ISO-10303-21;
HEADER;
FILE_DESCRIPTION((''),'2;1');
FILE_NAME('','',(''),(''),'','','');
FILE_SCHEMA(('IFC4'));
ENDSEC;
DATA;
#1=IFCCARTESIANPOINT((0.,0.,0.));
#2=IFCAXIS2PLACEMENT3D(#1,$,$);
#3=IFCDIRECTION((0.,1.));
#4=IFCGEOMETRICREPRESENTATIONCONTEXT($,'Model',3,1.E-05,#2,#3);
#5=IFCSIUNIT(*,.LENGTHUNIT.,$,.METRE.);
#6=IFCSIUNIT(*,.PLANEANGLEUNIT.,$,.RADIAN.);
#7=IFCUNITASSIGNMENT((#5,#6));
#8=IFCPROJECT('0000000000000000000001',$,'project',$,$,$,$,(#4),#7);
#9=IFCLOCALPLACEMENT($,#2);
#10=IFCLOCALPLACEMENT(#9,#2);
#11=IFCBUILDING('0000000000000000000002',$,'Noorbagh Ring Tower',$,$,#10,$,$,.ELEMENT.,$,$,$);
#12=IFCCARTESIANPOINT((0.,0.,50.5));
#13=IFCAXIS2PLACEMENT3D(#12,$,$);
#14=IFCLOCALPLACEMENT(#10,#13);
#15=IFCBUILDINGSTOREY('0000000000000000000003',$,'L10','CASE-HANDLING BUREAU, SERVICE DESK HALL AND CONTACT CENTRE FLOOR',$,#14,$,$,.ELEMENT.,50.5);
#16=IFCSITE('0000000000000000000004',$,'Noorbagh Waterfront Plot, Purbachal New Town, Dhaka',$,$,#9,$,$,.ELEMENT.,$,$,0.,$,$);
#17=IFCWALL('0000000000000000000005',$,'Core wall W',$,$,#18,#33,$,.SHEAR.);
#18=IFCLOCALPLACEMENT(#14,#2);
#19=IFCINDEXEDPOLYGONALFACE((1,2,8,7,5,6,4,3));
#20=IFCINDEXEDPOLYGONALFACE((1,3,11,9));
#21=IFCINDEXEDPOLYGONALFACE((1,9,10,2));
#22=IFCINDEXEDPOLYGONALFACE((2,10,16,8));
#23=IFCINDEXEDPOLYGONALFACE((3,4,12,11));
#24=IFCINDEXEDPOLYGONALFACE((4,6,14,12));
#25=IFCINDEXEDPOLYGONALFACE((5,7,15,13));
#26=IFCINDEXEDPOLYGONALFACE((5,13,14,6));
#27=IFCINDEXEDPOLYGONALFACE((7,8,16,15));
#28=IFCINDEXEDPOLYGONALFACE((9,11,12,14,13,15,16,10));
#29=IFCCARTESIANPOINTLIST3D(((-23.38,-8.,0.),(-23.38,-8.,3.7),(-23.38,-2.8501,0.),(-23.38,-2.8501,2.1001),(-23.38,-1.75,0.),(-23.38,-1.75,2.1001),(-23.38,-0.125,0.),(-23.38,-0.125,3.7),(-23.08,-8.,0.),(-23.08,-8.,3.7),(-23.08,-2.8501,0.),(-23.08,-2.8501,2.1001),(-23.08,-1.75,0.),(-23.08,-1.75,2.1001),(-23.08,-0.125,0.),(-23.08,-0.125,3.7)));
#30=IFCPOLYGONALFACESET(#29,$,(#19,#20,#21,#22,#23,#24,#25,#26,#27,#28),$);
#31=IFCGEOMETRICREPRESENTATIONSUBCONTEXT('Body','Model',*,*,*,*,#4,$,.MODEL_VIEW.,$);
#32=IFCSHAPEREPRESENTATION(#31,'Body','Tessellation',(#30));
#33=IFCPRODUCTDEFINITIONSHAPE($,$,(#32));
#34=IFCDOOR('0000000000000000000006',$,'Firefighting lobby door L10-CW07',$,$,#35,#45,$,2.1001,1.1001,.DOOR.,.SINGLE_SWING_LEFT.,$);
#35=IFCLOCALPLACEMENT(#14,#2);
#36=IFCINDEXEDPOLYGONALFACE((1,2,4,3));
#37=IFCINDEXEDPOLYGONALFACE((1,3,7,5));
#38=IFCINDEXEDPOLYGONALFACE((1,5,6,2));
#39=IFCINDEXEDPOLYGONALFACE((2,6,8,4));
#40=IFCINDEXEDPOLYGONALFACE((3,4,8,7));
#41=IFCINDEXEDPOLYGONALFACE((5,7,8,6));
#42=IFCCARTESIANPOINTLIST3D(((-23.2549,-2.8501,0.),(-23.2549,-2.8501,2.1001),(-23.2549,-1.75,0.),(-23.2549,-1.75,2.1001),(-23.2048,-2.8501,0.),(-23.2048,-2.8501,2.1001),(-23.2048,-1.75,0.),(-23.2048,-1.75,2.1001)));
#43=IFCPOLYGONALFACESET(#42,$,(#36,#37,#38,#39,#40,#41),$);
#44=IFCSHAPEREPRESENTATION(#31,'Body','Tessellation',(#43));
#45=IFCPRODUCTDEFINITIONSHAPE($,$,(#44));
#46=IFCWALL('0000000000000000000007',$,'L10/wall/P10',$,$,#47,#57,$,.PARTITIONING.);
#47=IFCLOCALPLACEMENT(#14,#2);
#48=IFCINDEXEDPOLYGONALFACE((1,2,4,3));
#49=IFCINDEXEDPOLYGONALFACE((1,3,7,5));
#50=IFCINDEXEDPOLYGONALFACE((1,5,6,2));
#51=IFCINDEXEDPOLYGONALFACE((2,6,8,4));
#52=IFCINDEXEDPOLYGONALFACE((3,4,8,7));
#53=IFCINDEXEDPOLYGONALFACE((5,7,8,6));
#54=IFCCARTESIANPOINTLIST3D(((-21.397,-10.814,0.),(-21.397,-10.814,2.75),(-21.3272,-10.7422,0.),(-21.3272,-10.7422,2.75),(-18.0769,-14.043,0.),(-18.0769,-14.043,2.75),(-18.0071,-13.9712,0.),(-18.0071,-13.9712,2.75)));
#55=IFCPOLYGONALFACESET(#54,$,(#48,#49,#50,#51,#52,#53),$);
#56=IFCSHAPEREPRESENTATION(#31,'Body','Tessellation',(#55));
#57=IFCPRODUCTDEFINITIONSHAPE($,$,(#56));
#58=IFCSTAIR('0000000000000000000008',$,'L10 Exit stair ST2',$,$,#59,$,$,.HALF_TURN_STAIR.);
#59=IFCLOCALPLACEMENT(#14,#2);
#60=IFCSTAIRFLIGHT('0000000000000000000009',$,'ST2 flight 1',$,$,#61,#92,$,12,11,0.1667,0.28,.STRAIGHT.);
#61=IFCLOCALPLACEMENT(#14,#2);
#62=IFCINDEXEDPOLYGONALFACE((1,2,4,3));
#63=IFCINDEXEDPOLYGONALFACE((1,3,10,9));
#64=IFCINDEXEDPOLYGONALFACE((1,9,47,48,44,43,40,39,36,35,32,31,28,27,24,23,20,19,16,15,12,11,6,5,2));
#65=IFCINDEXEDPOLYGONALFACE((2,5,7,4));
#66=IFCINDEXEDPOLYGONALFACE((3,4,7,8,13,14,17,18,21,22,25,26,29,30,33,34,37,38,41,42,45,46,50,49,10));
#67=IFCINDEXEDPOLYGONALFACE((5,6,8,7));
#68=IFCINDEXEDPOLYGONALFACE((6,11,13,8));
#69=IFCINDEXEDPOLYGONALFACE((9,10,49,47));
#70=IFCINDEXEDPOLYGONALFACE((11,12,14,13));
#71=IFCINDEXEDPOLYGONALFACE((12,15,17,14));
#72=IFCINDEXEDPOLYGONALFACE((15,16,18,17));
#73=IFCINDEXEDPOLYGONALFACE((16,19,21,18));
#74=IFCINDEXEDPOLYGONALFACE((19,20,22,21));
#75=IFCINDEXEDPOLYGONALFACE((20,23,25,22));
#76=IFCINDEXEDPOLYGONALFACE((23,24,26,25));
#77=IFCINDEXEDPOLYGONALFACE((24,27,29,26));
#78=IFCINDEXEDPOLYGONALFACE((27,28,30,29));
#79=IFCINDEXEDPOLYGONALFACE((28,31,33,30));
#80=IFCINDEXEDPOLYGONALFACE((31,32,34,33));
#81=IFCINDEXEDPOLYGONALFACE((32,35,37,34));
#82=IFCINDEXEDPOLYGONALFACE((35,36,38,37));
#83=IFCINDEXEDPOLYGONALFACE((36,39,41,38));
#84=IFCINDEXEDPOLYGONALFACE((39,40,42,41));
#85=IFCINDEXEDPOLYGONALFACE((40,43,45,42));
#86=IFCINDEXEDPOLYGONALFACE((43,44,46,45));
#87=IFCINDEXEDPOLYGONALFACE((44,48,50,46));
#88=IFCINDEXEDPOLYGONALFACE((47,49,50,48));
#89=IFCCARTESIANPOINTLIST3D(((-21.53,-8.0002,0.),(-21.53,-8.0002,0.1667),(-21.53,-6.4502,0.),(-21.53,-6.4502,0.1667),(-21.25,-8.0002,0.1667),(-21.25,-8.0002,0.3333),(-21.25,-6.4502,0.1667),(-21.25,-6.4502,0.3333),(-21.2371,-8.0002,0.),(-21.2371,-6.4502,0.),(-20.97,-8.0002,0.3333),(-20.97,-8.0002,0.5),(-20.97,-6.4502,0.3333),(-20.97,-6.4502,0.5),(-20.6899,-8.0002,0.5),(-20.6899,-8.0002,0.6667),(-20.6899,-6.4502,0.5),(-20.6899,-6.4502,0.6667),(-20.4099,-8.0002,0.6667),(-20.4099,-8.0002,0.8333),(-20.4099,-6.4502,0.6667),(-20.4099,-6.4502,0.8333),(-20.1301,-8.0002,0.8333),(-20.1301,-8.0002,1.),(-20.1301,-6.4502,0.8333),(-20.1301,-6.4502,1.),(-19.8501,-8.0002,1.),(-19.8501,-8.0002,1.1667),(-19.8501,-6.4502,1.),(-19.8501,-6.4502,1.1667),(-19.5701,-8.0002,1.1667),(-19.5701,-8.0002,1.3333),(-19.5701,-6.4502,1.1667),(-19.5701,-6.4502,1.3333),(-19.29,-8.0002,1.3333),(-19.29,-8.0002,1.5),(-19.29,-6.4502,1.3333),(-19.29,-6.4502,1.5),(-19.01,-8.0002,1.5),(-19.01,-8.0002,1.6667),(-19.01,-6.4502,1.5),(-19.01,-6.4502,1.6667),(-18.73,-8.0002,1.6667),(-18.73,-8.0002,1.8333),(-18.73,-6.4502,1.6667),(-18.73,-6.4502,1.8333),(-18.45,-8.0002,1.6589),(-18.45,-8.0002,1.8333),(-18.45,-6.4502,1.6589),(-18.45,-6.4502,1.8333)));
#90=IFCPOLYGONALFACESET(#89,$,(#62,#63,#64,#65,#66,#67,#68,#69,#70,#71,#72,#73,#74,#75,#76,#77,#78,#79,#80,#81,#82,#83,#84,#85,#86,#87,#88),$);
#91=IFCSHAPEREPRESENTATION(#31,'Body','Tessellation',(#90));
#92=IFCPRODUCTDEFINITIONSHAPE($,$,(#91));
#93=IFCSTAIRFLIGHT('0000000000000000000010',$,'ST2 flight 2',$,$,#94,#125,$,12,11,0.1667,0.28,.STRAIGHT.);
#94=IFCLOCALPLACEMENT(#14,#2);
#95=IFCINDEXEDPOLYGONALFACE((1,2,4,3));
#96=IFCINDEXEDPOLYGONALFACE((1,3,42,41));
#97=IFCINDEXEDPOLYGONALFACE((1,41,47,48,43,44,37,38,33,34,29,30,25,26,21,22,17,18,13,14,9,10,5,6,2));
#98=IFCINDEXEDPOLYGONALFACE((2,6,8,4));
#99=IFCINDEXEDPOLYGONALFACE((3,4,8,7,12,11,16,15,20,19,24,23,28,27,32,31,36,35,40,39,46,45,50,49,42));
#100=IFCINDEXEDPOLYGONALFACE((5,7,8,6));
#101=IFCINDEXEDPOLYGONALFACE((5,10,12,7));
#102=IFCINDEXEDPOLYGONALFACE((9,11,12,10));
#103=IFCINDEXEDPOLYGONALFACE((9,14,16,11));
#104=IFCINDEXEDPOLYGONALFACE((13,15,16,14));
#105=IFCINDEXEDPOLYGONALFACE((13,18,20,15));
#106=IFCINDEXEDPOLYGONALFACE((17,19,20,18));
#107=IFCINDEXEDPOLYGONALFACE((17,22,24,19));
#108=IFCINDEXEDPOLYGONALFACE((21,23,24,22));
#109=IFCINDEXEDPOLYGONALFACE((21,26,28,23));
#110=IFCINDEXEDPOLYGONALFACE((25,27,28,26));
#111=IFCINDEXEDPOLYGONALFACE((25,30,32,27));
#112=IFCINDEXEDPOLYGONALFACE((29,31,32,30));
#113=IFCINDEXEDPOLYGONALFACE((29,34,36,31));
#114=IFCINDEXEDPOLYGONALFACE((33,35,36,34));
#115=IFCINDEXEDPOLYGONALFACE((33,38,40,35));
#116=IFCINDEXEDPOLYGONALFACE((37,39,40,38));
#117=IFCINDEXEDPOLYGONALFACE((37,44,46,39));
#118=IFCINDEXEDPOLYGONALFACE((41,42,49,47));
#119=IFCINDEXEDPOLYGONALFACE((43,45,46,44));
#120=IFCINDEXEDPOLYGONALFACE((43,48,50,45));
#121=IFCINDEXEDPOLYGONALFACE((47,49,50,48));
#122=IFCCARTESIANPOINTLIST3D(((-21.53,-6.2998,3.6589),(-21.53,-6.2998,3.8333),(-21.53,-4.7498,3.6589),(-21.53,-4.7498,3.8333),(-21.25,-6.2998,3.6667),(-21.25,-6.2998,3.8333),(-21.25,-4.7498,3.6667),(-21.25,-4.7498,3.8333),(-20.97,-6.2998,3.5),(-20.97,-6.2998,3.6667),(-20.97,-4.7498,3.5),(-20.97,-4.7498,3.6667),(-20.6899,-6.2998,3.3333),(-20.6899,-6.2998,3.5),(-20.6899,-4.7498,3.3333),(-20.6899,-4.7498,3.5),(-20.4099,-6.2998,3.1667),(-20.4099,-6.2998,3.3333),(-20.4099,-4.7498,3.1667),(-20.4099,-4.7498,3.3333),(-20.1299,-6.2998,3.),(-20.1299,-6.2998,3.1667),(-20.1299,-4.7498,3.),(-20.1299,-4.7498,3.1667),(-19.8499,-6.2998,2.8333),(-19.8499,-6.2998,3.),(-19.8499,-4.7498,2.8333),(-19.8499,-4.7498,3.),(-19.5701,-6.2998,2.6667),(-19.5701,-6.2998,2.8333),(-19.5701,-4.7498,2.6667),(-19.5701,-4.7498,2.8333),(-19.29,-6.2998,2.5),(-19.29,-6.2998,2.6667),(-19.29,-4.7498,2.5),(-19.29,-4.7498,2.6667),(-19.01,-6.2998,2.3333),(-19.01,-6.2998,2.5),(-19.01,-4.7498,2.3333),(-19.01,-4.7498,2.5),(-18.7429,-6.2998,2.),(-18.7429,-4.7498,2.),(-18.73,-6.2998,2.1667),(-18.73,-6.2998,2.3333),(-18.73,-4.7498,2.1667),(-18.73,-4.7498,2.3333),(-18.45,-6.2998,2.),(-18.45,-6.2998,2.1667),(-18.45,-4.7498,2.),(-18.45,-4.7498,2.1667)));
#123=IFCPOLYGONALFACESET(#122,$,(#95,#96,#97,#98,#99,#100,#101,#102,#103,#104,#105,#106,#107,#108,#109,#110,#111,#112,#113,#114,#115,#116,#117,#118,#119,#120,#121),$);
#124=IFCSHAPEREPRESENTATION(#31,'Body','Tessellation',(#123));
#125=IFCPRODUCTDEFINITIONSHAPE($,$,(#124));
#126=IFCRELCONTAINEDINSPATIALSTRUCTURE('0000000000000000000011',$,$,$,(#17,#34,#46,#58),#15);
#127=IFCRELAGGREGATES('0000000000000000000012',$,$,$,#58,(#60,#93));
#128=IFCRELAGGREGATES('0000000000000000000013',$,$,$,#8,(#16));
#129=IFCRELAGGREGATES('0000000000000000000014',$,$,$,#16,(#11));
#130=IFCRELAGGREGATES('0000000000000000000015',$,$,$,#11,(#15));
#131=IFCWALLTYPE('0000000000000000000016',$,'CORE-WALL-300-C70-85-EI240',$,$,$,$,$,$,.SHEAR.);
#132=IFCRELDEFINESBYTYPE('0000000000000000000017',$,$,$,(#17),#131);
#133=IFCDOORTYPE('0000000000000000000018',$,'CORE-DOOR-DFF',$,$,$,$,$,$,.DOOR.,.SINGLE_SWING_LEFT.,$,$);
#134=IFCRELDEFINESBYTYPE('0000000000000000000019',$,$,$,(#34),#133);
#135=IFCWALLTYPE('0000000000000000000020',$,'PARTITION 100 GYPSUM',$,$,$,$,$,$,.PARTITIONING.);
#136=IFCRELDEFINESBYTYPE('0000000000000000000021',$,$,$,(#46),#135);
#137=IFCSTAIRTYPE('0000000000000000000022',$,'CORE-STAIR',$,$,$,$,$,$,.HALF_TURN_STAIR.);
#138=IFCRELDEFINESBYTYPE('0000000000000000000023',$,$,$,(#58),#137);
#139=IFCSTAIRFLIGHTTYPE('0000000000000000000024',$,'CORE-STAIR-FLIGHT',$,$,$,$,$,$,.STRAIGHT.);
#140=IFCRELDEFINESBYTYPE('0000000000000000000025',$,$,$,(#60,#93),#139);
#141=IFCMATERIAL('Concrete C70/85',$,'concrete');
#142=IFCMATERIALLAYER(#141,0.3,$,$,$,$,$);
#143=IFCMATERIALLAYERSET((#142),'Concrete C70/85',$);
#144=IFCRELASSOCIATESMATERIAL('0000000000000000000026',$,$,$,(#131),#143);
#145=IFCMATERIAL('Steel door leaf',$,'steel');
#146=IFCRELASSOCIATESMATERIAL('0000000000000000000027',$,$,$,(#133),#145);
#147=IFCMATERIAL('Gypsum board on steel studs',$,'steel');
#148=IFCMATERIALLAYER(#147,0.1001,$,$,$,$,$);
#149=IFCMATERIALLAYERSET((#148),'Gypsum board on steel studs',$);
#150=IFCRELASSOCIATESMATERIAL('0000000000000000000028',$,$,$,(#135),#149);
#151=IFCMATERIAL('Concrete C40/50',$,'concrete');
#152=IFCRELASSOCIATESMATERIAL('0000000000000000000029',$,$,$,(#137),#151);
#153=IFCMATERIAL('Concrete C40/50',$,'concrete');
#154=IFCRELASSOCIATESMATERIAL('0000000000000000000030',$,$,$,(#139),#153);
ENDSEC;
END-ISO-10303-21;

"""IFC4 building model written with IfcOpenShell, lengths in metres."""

from ifc_helpers import new_model, si_unit, direction, frame, frame_2d, origin, place, context, subcontext, project, spatial, polyline, rectangle, outline, extrude, material, layer, layer_set, type_object, element, fill, aggregate, save


model = new_model("IFC4")

# Units and contexts
model_context = context("Model", 3, precision=1e-05, world=origin(), true_north=direction((0.0, 1.0)))
body_context = subcontext(model_context, "Body", "Model", "MODEL_VIEW")
ifc_project = project(units=[si_unit("LENGTHUNIT", "METRE"), si_unit("PLANEANGLEUNIT", "RADIAN")], contexts=[model_context])

# Site, building, storey
site_placement = place(None, origin())
site = spatial("IfcSite", under=ifc_project, at=site_placement, Name="Noorbagh Waterfront Plot, Purbachal New Town, Dhaka", CompositionType="ELEMENT", RefElevation=0.0)
building_placement = place(site_placement, origin())
building = spatial("IfcBuilding", under=site, at=building_placement, Name="Noorbagh Ring Tower", CompositionType="ELEMENT")
storey_placement = place(building_placement, frame((0.0, 0.0, 50.5)))
storey = spatial("IfcBuildingStorey", under=building, at=storey_placement, Name="L10", Description="CASE-HANDLING BUREAU, SERVICE DESK HALL AND CONTACT CENTRE FLOOR", CompositionType="ELEMENT", Elevation=50.5)

# Shared definitions
ifc_material_1 = material(Name="Concrete C70/85", Category="concrete")
ifc_layer_1 = layer(ifc_material_1, 0.3)
ifc_layer_set_1 = layer_set([ifc_layer_1], Name="Concrete C70/85")
wall_type_1 = type_object("IfcWallType", Name="CORE-WALL-300-C70-85-EI240", PredefinedType="SHEAR", material=ifc_layer_set_1)

# Wall, opening, door
wall_1_placement = place(storey_placement, frame((-23.23, -8.0, 0.0), z_axis=(0.0, 0.0, 1.0), x_axis=(0.0, 1.0, 0.0)))
wall_1 = element("IfcWall", 1, at=wall_1_placement, inside=storey, type_object=wall_type_1, Name="Core wall W", PredefinedType="SHEAR", context=body_context, shape_type="SweptSolid", body=[
    extrude(rectangle(XDim=7.875, YDim=0.3, at=frame_2d((3.9375, 0.0))), origin(), (0.0, 0.0, 1.0), 3.7),
])
opening_1_placement = place(wall_1_placement, frame((5.1499, 0.0, 0.0)))
opening_1 = element("IfcOpeningElement", 2, at=opening_1_placement, cuts=wall_1, PredefinedType="OPENING", context=body_context, shape_type="SweptSolid", body=[
    extrude(rectangle(XDim=1.1001, YDim=2.1001, at=frame_2d((0.55, 1.05))), frame((0.0, 0.1602, 0.0), z_axis=(0.0, -1.0, 0.0), x_axis=(1.0, 0.0, 0.0)), (0.0, 0.0, 1.0), 0.3201),
])
ifc_material_2 = material(Name="Steel door leaf", Category="steel")
door_type_1 = type_object("IfcDoorType", Name="CORE-DOOR-DFF", OperationType="SINGLE_SWING_LEFT", PredefinedType="DOOR", material=ifc_material_2)
door_1_placement = place(opening_1_placement, origin())
door_1 = element("IfcDoor", 3, at=door_1_placement, inside=storey, type_object=door_type_1, Name="Firefighting lobby door L10-CW07", OperationType="SINGLE_SWING_LEFT", OverallHeight=2.1001, OverallWidth=1.1001, PredefinedType="DOOR", context=body_context, shape_type="SweptSolid", body=[
    extrude(rectangle(XDim=1.1001, YDim=2.1001, at=frame_2d((0.55, 1.05))), frame((0.0, 0.0249, 0.0), z_axis=(0.0, -1.0, 0.0), x_axis=(1.0, 0.0, 0.0)), (0.0, 0.0, 1.0), 0.05),
])
fill(opening_1, door_1)

# Wall
ifc_material_3 = material(Name="Gypsum board on steel studs", Category="steel")
ifc_layer_2 = layer(ifc_material_3, 0.1001)
ifc_layer_set_2 = layer_set([ifc_layer_2], Name="Gypsum board on steel studs")
wall_type_2 = type_object("IfcWallType", Name="PARTITION 100 GYPSUM", PredefinedType="PARTITIONING", material=ifc_layer_set_2)
wall_2_placement = place(storey_placement, frame((-21.3621, -10.7781, 0.0), z_axis=(0.0, 0.0, 1.0), x_axis=(0.71687, -0.697207, 0.0)))
element("IfcWall", 4, at=wall_2_placement, inside=storey, type_object=wall_type_2, Name="L10/wall/P10", PredefinedType="PARTITIONING", context=body_context, shape_type="SweptSolid", body=[
    extrude(rectangle(XDim=4.6313, YDim=0.1001, at=frame_2d((2.3157, 0.0))), origin(), (0.0, 0.0, 1.0), 2.75),
])

# Stair, stair flights
ifc_material_4 = material(Name="Concrete C40/50", Category="concrete")
stair_type = type_object("IfcStairType", Name="CORE-STAIR", PredefinedType="HALF_TURN_STAIR", material=ifc_material_4)
stair_placement = place(storey_placement, origin())
stair = element("IfcStair", 5, at=stair_placement, inside=storey, type_object=stair_type, Name="L10 Exit stair ST2", PredefinedType="HALF_TURN_STAIR")
ifc_material_5 = material(Name="Concrete C40/50", Category="concrete")
stair_flight_type = type_object("IfcStairFlightType", Name="CORE-STAIR-FLIGHT", PredefinedType="STRAIGHT", material=ifc_material_5)
stair_flight_1_placement = place(storey_placement, frame((-21.53, -7.2251, 0.0), z_axis=(0.0, 0.0, 1.0), x_axis=(1.0, 0.0, 0.0)))
stair_flight_1 = element("IfcStairFlight", 6, at=stair_flight_1_placement, type_object=stair_flight_type, Name="ST2 flight 1", NumberOfRisers=12, NumberOfTreads=11, PredefinedType="STRAIGHT", RiserHeight=0.1667, TreadLength=0.28, context=body_context, shape_type="SweptSolid", body=[
    extrude(outline(polyline([(0.0, 0.0), (0.0, 0.1667), (0.28, 0.1667), (0.28, 0.3333), (0.5601, 0.3333), (0.5601, 0.5), (0.8401, 0.5), (0.8401, 0.6667), (1.1201, 0.6667), (1.1201, 0.8333), (1.3999, 0.8333), (1.3999, 1.0), (1.6799, 1.0), (1.6799, 1.1667), (1.96, 1.1667), (1.96, 1.3333), (2.24, 1.3333), (2.24, 1.5), (2.52, 1.5), (2.52, 1.6667), (2.8, 1.6667), (2.8, 1.8333), (3.0801, 1.8333), (3.0801, 2.0), (3.0801, 1.6589), (0.293, 0.0), (0.0, 0.0)])), frame((0.0, 0.7749, 0.0), z_axis=(0.0, -1.0, 0.0), x_axis=(1.0, 0.0, 0.0)), (0.0, 0.0, 1.0), 1.55),
])
stair_flight_2_placement = place(storey_placement, frame((-18.45, -5.5249, 2.0), z_axis=(0.0, 0.0, 1.0), x_axis=(-1.0, 0.0, 0.0)))
stair_flight_2 = element("IfcStairFlight", 7, at=stair_flight_2_placement, type_object=stair_flight_type, Name="ST2 flight 2", NumberOfRisers=12, NumberOfTreads=11, PredefinedType="STRAIGHT", RiserHeight=0.1667, TreadLength=0.28, context=body_context, shape_type="SweptSolid", body=[
    extrude(outline(polyline([(0.0, 0.0), (0.0, 0.1667), (0.28, 0.1667), (0.28, 0.3333), (0.5601, 0.3333), (0.5601, 0.5), (0.8401, 0.5), (0.8401, 0.6667), (1.1201, 0.6667), (1.1201, 0.8333), (1.3999, 0.8333), (1.3999, 1.0), (1.6799, 1.0), (1.6799, 1.1667), (1.96, 1.1667), (1.96, 1.3333), (2.24, 1.3333), (2.24, 1.5), (2.52, 1.5), (2.52, 1.6667), (2.8, 1.6667), (2.8, 1.8333), (3.0801, 1.8333), (3.0801, 2.0), (3.0801, 1.6589), (0.293, 0.0), (0.0, 0.0)])), frame((0.0, 0.7749, 0.0), z_axis=(0.0, -1.0, 0.0), x_axis=(1.0, 0.0, 0.0)), (0.0, 0.0, 1.0), 1.55),
])
aggregate(stair, [stair_flight_1, stair_flight_2])

save(model, "model.ifc")
